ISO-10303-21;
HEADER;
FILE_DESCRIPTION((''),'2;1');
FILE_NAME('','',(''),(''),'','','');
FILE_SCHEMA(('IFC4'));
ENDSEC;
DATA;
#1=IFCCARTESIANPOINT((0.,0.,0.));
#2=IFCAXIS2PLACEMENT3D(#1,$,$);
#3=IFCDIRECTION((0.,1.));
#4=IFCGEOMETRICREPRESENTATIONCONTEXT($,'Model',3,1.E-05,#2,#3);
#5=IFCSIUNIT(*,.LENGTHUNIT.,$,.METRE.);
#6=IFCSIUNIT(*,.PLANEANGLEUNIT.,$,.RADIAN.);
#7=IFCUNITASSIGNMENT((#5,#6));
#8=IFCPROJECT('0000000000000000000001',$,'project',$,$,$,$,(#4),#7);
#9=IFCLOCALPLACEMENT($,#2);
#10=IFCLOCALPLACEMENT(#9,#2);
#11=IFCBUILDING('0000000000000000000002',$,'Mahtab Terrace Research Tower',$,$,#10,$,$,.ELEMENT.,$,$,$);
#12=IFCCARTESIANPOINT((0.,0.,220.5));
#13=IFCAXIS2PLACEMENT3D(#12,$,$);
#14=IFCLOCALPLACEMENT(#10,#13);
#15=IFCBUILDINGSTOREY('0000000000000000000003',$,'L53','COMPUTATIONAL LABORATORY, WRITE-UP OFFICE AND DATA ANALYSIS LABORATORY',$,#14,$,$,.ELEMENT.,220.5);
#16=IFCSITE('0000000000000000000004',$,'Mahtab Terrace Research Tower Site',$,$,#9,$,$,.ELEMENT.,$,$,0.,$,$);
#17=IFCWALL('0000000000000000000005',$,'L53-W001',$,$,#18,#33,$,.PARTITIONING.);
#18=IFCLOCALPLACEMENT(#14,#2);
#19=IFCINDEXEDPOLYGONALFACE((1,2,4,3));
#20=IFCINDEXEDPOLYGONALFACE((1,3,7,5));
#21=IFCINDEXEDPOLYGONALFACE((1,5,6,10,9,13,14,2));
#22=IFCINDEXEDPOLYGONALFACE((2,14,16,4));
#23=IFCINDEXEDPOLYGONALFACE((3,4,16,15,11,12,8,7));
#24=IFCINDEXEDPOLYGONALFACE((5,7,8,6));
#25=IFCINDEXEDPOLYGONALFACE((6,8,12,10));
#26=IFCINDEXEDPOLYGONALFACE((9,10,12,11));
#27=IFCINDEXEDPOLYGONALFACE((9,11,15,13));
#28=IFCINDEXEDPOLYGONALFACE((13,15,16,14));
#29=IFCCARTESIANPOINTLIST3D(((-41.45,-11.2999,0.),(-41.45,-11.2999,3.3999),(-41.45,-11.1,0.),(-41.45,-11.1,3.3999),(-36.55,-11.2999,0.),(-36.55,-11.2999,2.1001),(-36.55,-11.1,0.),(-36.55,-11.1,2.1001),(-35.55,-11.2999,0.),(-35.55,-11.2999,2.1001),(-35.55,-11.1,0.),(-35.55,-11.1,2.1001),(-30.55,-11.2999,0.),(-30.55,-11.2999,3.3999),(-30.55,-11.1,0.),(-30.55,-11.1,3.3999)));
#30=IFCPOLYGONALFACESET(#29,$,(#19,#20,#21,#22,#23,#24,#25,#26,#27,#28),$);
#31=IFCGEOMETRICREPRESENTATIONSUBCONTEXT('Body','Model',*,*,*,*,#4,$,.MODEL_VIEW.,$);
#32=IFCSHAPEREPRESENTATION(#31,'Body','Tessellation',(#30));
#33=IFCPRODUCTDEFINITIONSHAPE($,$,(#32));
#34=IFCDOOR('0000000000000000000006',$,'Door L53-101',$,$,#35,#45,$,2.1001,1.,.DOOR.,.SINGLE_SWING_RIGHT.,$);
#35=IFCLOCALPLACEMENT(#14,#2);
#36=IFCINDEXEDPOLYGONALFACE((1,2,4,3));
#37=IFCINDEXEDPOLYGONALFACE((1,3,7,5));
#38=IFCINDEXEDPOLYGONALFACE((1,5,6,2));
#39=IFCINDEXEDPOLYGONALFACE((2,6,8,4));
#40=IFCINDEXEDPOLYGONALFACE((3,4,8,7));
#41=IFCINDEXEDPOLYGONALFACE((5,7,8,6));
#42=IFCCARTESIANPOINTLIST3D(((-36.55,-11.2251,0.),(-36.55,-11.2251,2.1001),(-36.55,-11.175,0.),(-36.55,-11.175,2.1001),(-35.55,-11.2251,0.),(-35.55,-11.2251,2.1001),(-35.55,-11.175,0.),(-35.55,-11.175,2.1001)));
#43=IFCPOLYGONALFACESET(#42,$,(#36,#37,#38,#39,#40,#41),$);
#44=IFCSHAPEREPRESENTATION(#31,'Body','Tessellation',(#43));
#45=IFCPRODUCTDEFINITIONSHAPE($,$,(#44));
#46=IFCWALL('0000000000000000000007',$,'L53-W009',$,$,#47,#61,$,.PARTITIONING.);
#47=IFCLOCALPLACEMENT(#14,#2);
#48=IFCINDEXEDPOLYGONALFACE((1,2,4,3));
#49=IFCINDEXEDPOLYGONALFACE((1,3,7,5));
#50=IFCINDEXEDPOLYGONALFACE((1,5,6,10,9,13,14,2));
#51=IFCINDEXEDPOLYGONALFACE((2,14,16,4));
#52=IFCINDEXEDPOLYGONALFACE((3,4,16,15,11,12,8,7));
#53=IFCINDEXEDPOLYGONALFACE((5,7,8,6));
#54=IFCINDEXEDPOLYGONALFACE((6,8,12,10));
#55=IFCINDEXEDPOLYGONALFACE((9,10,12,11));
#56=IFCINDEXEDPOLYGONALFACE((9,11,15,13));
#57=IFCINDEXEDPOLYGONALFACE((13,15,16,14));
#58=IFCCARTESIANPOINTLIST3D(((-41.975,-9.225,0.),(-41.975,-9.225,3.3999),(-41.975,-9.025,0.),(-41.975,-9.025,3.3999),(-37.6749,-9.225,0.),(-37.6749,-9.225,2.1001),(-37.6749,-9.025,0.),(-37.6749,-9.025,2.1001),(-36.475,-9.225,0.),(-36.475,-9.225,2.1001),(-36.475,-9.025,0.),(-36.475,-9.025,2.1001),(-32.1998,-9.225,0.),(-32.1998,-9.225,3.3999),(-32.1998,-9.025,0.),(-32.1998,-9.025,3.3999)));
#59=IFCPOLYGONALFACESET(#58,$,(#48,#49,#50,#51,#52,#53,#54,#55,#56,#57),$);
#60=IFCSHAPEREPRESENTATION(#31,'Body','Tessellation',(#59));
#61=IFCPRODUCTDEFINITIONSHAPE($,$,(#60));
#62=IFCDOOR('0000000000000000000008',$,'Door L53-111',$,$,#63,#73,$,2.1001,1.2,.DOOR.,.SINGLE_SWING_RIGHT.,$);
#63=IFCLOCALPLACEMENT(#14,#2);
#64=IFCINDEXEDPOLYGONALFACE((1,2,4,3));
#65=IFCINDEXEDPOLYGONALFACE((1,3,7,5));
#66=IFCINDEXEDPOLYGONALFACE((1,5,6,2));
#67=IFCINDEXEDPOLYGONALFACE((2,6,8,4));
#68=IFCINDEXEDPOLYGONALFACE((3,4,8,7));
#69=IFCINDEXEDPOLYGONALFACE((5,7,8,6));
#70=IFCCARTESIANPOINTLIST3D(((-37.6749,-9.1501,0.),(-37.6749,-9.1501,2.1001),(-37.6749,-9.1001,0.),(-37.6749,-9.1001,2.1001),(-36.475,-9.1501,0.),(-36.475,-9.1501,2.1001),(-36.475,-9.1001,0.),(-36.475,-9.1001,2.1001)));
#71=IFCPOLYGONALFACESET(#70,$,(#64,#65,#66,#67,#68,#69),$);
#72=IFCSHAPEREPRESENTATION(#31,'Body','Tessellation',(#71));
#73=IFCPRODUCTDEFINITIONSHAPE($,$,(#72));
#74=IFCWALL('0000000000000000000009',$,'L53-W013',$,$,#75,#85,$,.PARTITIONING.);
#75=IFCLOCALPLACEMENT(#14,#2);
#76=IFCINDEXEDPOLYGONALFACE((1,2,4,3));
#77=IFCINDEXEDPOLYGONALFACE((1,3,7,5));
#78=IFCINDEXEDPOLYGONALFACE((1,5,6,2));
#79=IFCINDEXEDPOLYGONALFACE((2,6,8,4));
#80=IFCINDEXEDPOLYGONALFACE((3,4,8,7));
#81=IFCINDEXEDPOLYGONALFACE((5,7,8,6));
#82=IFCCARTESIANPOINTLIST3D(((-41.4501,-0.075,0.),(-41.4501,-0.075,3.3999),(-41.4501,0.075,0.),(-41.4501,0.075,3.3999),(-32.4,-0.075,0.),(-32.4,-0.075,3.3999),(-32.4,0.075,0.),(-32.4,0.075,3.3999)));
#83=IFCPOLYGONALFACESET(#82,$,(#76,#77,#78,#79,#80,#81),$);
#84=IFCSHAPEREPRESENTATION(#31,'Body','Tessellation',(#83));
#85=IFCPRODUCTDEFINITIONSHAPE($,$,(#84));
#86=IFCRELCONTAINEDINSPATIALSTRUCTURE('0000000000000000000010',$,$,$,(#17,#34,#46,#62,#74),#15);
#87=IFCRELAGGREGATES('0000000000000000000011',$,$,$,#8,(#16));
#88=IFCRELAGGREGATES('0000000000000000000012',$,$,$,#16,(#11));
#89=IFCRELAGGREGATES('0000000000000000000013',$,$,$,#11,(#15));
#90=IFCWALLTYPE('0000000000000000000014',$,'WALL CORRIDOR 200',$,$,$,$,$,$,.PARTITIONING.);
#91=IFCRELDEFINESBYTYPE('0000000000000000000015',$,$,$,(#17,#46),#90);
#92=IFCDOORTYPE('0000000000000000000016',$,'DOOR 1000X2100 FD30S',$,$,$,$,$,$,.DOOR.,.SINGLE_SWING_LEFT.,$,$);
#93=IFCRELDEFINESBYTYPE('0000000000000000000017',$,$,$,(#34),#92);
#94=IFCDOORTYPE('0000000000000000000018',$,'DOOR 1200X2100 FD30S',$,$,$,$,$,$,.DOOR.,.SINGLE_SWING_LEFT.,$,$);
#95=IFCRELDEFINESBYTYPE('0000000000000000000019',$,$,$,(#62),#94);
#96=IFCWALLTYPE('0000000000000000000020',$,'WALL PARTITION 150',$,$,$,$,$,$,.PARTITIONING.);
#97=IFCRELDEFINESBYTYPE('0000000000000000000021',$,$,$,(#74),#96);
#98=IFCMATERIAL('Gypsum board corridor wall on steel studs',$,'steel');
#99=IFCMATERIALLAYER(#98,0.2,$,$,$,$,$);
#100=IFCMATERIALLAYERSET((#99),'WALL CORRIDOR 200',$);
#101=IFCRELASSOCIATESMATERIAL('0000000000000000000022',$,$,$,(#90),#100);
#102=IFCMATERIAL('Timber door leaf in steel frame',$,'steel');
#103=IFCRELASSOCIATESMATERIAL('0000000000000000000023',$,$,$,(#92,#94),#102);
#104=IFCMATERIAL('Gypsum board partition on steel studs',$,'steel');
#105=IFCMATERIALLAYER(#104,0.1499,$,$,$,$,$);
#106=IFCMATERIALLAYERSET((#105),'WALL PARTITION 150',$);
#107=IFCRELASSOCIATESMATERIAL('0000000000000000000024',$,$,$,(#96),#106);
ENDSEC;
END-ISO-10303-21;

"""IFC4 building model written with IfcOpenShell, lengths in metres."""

from ifc_helpers import new_model, si_unit, direction, frame, frame_2d, origin, place, context, subcontext, project, spatial, rectangle, extrude, material, layer, layer_set, type_object, element, fill, save


model = new_model("IFC4")

# Units and contexts
model_context = context("Model", 3, precision=1e-05, world=origin(), true_north=direction((0.0, 1.0)))
body_context = subcontext(model_context, "Body", "Model", "MODEL_VIEW")
ifc_project = project(units=[si_unit("LENGTHUNIT", "METRE"), si_unit("PLANEANGLEUNIT", "RADIAN")], contexts=[model_context])

# Site, building, storey
site_placement = place(None, origin())
site = spatial("IfcSite", under=ifc_project, at=site_placement, Name="Mahtab Terrace Research Tower Site", CompositionType="ELEMENT", RefElevation=0.0)
building_placement = place(site_placement, origin())
building = spatial("IfcBuilding", under=site, at=building_placement, Name="Mahtab Terrace Research Tower", CompositionType="ELEMENT")
storey_placement = place(building_placement, frame((0.0, 0.0, 220.5)))
storey = spatial("IfcBuildingStorey", under=building, at=storey_placement, Name="L53", Description="COMPUTATIONAL LABORATORY, WRITE-UP OFFICE AND DATA ANALYSIS LABORATORY", CompositionType="ELEMENT", Elevation=220.5)

# Walls, openings, doors
ifc_material_1 = material(Name="Gypsum board corridor wall on steel studs", Category="steel")
ifc_layer_1 = layer(ifc_material_1, 0.2)
ifc_layer_set_1 = layer_set([ifc_layer_1], Name="WALL CORRIDOR 200")
wall_type_1 = type_object("IfcWallType", Name="WALL CORRIDOR 200", PredefinedType="PARTITIONING", material=ifc_layer_set_1)
wall_1_placement = place(storey_placement, frame((-41.45, -11.2, 0.0), z_axis=(0.0, 0.0, 1.0), x_axis=(1.0, 0.0, 0.0)))
wall_1 = element("IfcWall", 1, at=wall_1_placement, inside=storey, type_object=wall_type_1, Name="L53-W001", PredefinedType="PARTITIONING", context=body_context, shape_type="SweptSolid", body=[
    extrude(rectangle(XDim=10.8999, YDim=0.2, at=frame_2d((5.45, 0.0))), origin(), (0.0, 0.0, 1.0), 3.3999),
])
opening_1_placement = place(wall_1_placement, frame((4.8999, 0.0, 0.0)))
opening_1 = element("IfcOpeningElement", 2, at=opening_1_placement, cuts=wall_1, PredefinedType="OPENING", context=body_context, shape_type="SweptSolid", body=[
    extrude(rectangle(XDim=1.0, YDim=2.1001, at=frame_2d((0.5, 1.05))), frame((0.0, 0.1099, 0.0), z_axis=(0.0, -1.0, 0.0), x_axis=(1.0, 0.0, 0.0)), (0.0, 0.0, 1.0), 0.22),
])
ifc_material_2 = material(Name="Timber door leaf in steel frame", Category="steel")
door_type_1 = type_object("IfcDoorType", Name="DOOR 1000X2100 FD30S", OperationType="SINGLE_SWING_LEFT", PredefinedType="DOOR", material=ifc_material_2)
door_1_placement = place(opening_1_placement, origin())
door_1 = element("IfcDoor", 3, at=door_1_placement, inside=storey, type_object=door_type_1, Name="Door L53-101", OperationType="SINGLE_SWING_RIGHT", OverallHeight=2.1001, OverallWidth=1.0, PredefinedType="DOOR", context=body_context, shape_type="SweptSolid", body=[
    extrude(rectangle(XDim=1.0, YDim=2.1001, at=frame_2d((0.5, 1.05))), frame((0.0, 0.0249, 0.0), z_axis=(0.0, -1.0, 0.0), x_axis=(1.0, 0.0, 0.0)), (0.0, 0.0, 1.0), 0.05),
])
fill(opening_1, door_1)
wall_2_placement = place(storey_placement, frame((-41.9751, -9.125, 0.0), z_axis=(0.0, 0.0, 1.0), x_axis=(1.0, 0.0, 0.0)))
wall_2 = element("IfcWall", 4, at=wall_2_placement, inside=storey, type_object=wall_type_1, Name="L53-W009", PredefinedType="PARTITIONING", context=body_context, shape_type="SweptSolid", body=[
    extrude(rectangle(XDim=9.7751, YDim=0.2, at=frame_2d((4.8877, 0.0))), origin(), (0.0, 0.0, 1.0), 3.3999),
])
opening_2_placement = place(wall_2_placement, frame((4.3, 0.0, 0.0)))
opening_2 = element("IfcOpeningElement", 5, at=opening_2_placement, cuts=wall_2, PredefinedType="OPENING", context=body_context, shape_type="SweptSolid", body=[
    extrude(rectangle(XDim=1.2, YDim=2.1001, at=frame_2d((0.6001, 1.05))), frame((0.0, 0.1099, 0.0), z_axis=(0.0, -1.0, 0.0), x_axis=(1.0, 0.0, 0.0)), (0.0, 0.0, 1.0), 0.22),
])
door_type_2 = type_object("IfcDoorType", Name="DOOR 1200X2100 FD30S", OperationType="SINGLE_SWING_LEFT", PredefinedType="DOOR", material=ifc_material_2)
door_2_placement = place(opening_2_placement, origin())
door_2 = element("IfcDoor", 6, at=door_2_placement, inside=storey, type_object=door_type_2, Name="Door L53-111", OperationType="SINGLE_SWING_RIGHT", OverallHeight=2.1001, OverallWidth=1.2, PredefinedType="DOOR", context=body_context, shape_type="SweptSolid", body=[
    extrude(rectangle(XDim=1.2, YDim=2.1001, at=frame_2d((0.6001, 1.05))), frame((0.0, 0.0249, 0.0), z_axis=(0.0, -1.0, 0.0), x_axis=(1.0, 0.0, 0.0)), (0.0, 0.0, 1.0), 0.05),
])
fill(opening_2, door_2)

# Wall
ifc_material_3 = material(Name="Gypsum board partition on steel studs", Category="steel")
ifc_layer_2 = layer(ifc_material_3, 0.1499)
ifc_layer_set_2 = layer_set([ifc_layer_2], Name="WALL PARTITION 150")
wall_type_2 = type_object("IfcWallType", Name="WALL PARTITION 150", PredefinedType="PARTITIONING", material=ifc_layer_set_2)
wall_3_placement = place(storey_placement, frame((-41.45, 0.0, 0.0), z_axis=(0.0, 0.0, 1.0), x_axis=(1.0, 0.0, 0.0)))
element("IfcWall", 7, at=wall_3_placement, inside=storey, type_object=wall_type_2, Name="L53-W013", PredefinedType="PARTITIONING", context=body_context, shape_type="SweptSolid", body=[
    extrude(rectangle(XDim=9.05, YDim=0.1499, at=frame_2d((4.5249, 0.0))), origin(), (0.0, 0.0, 1.0), 3.3999),
])

save(model, "model.ifc")
